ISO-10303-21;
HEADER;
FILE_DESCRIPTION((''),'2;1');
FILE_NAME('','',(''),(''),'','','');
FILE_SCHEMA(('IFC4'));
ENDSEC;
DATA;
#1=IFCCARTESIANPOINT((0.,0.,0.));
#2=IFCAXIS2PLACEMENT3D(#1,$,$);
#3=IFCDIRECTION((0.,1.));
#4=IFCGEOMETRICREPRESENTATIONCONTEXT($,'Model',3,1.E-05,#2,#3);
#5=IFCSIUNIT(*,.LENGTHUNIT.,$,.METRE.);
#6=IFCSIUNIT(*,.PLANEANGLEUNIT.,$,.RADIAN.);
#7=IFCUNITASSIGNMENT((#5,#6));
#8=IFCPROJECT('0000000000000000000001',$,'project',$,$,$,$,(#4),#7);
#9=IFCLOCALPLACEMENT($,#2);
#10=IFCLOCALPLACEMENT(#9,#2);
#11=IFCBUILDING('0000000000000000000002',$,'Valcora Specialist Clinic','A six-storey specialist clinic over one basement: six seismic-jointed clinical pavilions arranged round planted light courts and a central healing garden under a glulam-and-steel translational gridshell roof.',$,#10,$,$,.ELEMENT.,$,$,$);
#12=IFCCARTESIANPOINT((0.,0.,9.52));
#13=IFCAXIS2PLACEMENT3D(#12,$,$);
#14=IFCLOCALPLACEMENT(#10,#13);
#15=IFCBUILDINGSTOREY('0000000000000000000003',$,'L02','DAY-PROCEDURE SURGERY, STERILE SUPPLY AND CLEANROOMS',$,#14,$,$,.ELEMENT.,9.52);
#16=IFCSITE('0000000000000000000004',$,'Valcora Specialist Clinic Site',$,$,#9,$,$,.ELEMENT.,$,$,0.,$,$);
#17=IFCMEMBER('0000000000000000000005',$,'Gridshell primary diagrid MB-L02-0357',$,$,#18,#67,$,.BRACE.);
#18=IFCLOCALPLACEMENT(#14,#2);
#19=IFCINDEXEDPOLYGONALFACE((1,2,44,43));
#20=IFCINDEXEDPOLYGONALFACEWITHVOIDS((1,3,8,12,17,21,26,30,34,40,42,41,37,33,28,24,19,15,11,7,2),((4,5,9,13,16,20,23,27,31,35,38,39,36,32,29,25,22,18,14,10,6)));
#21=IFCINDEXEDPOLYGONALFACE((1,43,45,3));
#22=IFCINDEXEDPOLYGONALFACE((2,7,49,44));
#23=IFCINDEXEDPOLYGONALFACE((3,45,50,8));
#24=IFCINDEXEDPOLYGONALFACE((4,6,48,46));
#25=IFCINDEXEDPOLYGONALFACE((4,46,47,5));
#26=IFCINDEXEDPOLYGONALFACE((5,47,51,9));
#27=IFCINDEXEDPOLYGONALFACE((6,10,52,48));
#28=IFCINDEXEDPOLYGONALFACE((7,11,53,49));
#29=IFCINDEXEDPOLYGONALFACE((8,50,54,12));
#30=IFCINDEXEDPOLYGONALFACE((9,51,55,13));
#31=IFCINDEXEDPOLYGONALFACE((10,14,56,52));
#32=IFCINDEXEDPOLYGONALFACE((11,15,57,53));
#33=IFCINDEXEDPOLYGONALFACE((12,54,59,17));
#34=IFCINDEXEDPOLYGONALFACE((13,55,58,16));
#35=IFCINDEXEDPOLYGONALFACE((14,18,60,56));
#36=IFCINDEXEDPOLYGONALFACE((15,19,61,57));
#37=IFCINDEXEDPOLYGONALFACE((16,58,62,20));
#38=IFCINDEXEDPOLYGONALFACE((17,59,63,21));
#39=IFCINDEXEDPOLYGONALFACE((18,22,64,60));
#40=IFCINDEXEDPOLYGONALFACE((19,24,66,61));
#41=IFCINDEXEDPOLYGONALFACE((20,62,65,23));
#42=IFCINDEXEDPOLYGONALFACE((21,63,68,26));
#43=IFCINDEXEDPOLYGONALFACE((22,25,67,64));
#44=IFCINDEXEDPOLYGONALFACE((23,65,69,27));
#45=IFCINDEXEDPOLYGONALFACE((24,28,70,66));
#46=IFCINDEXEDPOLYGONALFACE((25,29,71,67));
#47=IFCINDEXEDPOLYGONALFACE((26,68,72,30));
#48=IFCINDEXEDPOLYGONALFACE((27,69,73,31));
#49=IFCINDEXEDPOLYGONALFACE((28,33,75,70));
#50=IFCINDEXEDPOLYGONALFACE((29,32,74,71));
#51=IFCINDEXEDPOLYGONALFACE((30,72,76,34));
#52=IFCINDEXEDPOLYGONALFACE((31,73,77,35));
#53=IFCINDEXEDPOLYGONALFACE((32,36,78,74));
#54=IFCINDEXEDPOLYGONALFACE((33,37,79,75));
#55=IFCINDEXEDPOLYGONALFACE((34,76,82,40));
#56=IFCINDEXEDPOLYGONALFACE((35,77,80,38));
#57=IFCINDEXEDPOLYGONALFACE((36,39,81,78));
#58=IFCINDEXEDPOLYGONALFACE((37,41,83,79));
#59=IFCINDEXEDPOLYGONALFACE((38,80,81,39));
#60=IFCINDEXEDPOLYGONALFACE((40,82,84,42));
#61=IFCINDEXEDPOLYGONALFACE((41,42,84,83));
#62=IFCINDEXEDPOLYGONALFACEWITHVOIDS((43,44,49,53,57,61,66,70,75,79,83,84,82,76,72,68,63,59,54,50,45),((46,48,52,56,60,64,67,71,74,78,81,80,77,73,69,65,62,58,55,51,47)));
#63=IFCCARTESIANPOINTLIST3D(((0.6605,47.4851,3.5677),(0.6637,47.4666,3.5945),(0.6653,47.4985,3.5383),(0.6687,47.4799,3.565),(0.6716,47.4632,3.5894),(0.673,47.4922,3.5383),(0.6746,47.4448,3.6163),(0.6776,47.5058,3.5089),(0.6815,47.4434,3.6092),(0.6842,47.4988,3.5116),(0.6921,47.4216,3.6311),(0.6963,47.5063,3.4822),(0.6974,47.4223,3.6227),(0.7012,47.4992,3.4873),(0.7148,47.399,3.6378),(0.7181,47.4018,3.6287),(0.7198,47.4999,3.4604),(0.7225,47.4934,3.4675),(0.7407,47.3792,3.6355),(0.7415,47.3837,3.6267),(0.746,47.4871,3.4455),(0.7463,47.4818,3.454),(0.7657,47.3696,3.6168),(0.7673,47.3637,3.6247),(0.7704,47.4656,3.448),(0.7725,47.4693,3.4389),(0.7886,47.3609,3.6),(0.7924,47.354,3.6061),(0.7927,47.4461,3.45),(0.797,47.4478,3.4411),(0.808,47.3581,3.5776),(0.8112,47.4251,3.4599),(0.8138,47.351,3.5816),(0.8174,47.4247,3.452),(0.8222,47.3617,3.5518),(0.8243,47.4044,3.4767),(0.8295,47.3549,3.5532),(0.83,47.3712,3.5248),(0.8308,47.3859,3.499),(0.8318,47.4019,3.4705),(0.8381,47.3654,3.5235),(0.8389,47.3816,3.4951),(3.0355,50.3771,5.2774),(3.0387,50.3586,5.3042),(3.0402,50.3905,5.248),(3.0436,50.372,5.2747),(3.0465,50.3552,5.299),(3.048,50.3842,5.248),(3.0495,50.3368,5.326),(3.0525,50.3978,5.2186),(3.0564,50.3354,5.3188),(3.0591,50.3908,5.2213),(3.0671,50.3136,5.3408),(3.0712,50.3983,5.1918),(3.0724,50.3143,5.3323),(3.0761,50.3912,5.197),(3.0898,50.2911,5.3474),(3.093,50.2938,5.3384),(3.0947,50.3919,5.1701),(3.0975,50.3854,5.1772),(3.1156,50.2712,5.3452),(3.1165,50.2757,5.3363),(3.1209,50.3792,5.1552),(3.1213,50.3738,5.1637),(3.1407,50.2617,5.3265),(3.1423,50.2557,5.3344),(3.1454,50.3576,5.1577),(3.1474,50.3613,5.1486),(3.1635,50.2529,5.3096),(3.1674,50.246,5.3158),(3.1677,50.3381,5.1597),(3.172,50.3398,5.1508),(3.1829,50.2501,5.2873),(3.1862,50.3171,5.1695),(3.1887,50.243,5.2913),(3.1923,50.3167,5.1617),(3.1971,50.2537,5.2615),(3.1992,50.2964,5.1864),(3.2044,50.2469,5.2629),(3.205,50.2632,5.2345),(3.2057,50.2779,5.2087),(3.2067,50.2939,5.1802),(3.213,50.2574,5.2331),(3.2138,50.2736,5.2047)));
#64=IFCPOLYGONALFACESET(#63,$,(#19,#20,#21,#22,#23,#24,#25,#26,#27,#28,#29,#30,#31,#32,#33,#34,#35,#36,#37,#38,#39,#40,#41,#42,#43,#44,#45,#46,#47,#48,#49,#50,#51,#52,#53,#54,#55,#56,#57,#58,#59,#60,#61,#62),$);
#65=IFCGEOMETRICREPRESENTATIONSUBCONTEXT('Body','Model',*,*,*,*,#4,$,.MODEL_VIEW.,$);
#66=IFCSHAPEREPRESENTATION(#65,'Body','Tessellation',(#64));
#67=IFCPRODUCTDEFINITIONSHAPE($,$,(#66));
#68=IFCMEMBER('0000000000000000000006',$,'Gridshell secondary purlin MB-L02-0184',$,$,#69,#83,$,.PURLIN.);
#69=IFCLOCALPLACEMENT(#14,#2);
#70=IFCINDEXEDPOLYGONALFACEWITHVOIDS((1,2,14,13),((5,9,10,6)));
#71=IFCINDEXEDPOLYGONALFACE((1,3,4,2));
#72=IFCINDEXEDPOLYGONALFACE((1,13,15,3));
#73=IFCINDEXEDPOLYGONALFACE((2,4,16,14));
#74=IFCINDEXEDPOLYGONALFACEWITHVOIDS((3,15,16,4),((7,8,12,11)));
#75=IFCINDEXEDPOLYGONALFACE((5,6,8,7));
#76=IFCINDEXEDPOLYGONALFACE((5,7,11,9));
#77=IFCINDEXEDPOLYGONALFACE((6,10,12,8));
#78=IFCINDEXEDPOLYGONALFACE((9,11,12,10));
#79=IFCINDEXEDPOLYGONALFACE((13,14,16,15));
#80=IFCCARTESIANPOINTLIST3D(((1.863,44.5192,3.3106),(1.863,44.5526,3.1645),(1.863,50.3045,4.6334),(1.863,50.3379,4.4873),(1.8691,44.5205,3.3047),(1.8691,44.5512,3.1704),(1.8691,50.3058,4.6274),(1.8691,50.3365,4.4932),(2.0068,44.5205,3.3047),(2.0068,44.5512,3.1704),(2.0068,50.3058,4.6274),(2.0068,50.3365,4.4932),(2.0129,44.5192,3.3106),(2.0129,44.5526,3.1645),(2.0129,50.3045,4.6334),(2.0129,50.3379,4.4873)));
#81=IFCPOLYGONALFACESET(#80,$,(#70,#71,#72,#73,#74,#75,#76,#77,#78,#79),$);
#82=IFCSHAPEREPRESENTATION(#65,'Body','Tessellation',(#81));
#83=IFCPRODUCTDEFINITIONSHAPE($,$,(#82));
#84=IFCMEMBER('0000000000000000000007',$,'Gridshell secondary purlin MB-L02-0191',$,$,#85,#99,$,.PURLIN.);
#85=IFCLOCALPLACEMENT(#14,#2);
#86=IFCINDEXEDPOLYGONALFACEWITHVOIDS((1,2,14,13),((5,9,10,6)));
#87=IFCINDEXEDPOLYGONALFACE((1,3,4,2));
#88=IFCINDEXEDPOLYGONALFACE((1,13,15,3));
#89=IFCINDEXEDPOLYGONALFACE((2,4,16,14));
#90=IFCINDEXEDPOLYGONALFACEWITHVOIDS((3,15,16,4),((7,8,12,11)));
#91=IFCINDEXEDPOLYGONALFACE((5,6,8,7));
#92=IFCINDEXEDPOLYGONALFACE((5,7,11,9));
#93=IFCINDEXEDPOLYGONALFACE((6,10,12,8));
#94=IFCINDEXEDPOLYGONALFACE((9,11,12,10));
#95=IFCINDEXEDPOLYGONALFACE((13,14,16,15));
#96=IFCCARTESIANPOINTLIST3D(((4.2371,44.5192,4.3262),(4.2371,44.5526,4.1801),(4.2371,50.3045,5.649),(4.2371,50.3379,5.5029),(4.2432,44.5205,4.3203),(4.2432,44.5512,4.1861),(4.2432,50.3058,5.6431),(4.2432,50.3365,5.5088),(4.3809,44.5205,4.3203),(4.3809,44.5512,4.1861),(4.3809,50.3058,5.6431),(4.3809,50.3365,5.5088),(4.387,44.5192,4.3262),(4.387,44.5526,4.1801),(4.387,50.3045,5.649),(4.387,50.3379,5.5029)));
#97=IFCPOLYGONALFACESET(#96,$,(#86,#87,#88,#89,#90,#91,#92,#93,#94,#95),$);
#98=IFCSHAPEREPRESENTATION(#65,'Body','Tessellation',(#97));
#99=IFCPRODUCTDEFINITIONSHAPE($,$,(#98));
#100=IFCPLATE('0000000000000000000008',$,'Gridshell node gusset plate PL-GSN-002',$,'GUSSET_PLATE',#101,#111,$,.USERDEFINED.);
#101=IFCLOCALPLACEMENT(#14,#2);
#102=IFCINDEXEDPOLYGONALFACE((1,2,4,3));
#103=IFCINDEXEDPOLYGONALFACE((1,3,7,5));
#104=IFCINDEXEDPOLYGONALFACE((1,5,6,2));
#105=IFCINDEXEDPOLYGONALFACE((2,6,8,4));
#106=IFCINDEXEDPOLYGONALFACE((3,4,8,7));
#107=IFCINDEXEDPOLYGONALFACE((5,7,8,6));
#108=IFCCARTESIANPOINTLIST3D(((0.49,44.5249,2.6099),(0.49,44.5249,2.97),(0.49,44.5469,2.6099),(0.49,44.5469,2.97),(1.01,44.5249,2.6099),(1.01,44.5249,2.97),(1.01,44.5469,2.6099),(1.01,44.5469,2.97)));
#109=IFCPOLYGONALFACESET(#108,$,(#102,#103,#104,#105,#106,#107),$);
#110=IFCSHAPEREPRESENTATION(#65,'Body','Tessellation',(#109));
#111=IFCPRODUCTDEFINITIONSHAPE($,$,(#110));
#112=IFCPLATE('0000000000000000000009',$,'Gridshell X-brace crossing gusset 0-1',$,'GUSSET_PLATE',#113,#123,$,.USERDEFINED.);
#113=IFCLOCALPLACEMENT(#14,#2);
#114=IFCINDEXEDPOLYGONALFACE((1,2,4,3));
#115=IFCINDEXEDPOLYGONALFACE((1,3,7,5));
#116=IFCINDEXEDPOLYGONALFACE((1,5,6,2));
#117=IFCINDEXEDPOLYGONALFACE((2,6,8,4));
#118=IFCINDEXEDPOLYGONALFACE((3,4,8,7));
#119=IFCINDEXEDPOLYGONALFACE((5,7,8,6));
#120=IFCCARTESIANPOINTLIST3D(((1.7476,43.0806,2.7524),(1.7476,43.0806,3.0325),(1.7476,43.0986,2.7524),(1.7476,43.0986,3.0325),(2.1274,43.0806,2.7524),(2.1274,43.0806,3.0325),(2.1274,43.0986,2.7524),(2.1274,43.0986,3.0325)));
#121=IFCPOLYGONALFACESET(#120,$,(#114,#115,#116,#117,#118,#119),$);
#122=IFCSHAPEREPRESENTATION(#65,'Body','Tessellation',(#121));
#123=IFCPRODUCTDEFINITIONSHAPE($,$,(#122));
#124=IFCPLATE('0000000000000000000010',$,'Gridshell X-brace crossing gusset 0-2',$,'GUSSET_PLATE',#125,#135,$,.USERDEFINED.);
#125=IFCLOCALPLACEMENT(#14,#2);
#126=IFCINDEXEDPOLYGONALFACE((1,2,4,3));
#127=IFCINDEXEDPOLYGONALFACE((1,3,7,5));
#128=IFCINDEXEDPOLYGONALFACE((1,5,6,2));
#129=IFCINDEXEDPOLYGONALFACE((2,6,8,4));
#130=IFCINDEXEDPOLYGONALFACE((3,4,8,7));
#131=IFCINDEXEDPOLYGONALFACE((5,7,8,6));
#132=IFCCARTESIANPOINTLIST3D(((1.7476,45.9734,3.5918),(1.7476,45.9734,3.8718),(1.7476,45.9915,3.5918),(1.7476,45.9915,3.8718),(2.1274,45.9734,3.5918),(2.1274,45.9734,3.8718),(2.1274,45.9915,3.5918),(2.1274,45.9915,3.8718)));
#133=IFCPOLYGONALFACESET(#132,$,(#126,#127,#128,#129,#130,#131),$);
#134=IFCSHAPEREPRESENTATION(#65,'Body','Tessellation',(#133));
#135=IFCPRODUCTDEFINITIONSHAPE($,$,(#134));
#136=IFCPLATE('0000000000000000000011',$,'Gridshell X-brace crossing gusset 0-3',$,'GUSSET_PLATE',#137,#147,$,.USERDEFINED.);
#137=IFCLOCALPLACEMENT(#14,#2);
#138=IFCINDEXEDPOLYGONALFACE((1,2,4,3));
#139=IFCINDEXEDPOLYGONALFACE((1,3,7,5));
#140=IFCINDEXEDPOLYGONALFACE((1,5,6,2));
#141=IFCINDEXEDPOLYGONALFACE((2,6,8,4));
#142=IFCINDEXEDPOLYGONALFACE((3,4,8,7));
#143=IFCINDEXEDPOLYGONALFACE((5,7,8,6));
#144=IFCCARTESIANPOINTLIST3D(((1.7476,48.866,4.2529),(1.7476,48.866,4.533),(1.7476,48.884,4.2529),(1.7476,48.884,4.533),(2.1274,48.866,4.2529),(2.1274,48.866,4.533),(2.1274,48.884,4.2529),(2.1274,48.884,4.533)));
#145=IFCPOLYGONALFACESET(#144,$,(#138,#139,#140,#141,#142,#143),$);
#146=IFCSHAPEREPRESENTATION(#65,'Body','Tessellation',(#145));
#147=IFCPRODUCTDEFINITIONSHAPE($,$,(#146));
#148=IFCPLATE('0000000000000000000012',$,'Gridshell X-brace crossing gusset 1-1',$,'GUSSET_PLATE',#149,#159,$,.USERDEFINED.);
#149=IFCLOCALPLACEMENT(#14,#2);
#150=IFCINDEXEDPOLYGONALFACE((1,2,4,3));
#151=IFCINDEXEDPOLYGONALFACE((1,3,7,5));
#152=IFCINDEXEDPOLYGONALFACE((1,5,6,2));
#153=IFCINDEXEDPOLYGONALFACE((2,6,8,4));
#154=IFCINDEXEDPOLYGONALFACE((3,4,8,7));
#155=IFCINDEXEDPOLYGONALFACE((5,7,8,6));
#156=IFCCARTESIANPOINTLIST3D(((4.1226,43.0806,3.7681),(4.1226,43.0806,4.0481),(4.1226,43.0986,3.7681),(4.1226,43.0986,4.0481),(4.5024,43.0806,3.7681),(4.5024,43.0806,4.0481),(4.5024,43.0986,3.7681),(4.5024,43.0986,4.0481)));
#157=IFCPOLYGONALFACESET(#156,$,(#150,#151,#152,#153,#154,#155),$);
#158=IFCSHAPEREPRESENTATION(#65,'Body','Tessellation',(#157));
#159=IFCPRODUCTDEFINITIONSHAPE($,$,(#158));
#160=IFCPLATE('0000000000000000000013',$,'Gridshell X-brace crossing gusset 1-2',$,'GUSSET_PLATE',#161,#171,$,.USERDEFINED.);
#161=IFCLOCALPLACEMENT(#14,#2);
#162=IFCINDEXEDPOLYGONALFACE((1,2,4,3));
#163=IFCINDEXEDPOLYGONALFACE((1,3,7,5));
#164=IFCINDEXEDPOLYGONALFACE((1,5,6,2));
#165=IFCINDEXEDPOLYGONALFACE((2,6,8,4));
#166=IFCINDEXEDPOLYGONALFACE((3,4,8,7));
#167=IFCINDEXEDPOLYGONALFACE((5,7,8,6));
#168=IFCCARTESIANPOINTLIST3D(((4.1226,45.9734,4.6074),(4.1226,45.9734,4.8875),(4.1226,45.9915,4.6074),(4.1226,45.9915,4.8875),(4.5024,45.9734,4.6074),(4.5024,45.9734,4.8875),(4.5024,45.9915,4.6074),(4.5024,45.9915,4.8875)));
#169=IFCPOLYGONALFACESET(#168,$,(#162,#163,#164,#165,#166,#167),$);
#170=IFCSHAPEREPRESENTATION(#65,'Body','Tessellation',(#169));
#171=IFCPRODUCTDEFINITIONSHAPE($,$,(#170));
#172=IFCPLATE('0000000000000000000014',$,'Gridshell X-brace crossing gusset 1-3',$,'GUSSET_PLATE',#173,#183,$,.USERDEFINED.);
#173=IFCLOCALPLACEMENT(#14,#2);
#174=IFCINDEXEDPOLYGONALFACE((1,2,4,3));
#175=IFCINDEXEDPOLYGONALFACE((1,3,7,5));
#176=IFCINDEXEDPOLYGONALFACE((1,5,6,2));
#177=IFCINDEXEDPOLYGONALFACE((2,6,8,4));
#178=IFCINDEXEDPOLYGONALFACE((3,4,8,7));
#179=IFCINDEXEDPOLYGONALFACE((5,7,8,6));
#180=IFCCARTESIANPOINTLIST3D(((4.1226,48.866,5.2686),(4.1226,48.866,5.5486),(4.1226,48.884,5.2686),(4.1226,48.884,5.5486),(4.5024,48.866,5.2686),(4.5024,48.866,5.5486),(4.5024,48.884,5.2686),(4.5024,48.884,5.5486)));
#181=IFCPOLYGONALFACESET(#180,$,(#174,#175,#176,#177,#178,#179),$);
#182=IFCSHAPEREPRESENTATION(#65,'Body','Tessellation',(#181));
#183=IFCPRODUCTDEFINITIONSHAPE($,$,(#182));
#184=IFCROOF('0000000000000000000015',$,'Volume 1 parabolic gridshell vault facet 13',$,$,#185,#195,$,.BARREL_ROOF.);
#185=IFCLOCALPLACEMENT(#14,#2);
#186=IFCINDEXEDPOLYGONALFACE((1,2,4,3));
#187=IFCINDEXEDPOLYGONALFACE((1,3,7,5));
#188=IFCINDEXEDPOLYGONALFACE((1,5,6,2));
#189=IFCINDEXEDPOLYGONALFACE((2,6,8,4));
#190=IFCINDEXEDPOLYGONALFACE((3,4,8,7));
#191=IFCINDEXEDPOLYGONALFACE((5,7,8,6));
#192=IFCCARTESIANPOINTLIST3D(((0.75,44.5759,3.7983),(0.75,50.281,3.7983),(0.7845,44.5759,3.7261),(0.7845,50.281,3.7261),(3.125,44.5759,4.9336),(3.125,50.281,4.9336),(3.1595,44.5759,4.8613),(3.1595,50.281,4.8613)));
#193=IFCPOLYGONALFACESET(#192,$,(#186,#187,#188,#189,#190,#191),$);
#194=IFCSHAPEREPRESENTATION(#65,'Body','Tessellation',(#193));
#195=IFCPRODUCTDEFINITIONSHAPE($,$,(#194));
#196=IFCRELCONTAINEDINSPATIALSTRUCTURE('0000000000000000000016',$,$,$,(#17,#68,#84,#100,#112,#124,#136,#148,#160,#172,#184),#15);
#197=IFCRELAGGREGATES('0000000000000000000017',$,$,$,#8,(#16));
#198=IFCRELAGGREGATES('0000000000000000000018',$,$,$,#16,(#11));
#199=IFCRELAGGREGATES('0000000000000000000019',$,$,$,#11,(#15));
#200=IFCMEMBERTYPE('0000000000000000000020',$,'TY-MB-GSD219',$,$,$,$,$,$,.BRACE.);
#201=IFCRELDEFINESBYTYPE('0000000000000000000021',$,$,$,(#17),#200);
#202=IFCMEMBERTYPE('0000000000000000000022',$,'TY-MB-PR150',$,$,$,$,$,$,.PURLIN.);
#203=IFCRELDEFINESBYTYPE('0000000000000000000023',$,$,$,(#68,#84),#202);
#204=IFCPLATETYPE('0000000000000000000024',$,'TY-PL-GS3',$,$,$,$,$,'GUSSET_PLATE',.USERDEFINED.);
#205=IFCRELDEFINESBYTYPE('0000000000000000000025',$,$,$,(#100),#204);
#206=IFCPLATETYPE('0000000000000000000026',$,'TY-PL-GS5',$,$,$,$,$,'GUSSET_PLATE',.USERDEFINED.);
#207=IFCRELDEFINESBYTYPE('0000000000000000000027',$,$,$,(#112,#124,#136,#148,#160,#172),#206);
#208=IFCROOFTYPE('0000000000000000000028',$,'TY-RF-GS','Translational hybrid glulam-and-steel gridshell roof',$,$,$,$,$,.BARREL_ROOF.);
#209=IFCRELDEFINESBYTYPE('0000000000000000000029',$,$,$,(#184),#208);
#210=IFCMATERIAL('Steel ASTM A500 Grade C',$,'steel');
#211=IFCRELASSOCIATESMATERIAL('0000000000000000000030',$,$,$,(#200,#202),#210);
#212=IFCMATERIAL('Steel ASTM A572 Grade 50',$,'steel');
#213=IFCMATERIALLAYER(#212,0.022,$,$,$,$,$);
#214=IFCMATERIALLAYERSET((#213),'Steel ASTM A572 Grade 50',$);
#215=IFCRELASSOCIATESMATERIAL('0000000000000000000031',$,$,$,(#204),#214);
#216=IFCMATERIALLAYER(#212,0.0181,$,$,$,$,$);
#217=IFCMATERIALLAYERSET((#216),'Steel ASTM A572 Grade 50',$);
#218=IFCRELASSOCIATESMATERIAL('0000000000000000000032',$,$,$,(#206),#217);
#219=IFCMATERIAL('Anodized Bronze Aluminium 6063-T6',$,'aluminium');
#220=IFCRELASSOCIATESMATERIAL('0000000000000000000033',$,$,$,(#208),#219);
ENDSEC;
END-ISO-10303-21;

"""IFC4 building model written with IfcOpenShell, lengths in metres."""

from ifc_helpers import new_model, si_unit, direction, frame, origin, origin_2d, place, context, subcontext, project, spatial, polyline, rectangle, hollow_rectangle, hollow_circle, outline, extrude, material, layer, layer_set, material_profile, profile_set, type_object, element, save


model = new_model("IFC4")

# Units and contexts
model_context = context("Model", 3, precision=1e-05, world=origin(), true_north=direction((0.0, 1.0)))
body_context = subcontext(model_context, "Body", "Model", "MODEL_VIEW")
ifc_project = project(units=[si_unit("LENGTHUNIT", "METRE"), si_unit("PLANEANGLEUNIT", "RADIAN")], contexts=[model_context])

# Site, building, storey
site_placement = place(None, origin())
site = spatial("IfcSite", under=ifc_project, at=site_placement, Name="Valcora Specialist Clinic Site", CompositionType="ELEMENT", RefElevation=0.0)
building_placement = place(site_placement, origin())
building = spatial("IfcBuilding", under=site, at=building_placement, Name="Valcora Specialist Clinic", Description="A six-storey specialist clinic over one basement: six seismic-jointed clinical pavilions arranged round planted light courts and a central healing garden under a glulam-and-steel translational gridshell roof.", CompositionType="ELEMENT")
storey_placement = place(building_placement, frame((0.0, 0.0, 9.52)))
storey = spatial("IfcBuildingStorey", under=building, at=storey_placement, Name="L02", Description="DAY-PROCEDURE SURGERY, STERILE SUPPLY AND CLEANROOMS", CompositionType="ELEMENT", Elevation=9.52)

# Members
ifc_material_1 = material(Name="Steel ASTM A500 Grade C", Category="steel")
ifc_material_profile_1 = material_profile(ifc_material_1, hollow_circle(Radius=0.1096, WallThickness=0.01, at=origin_2d()), Name="ST-CHS-219X10")
ifc_profile_set_1 = profile_set([ifc_material_profile_1], Name="Steel ASTM A500 Grade C")
member_type_1 = type_object("IfcMemberType", Name="TY-MB-GSD219", PredefinedType="BRACE", material=ifc_profile_set_1)
member_1_placement = place(storey_placement, frame((0.75, 47.429, 3.5383), z_axis=(0.577247, 0.702926, 0.415549), x_axis=(-0.772811, 0.634636, 0.0)))
element("IfcMember", 1, at=member_1_placement, inside=storey, type_object=member_type_1, Name="Gridshell primary diagrid MB-L02-0357", PredefinedType="BRACE", context=body_context, shape_type="SweptSolid", body=[
    extrude(hollow_circle(Radius=0.1096, WallThickness=0.01, at=origin_2d()), origin(), (0.0, 0.0, 1.0), 4.1143),
])
ifc_material_profile_2 = material_profile(ifc_material_1, hollow_rectangle(XDim=0.1499, YDim=0.1499, WallThickness=0.0061, at=origin_2d()), Name="ST-RHS-150X150X6")
ifc_profile_set_2 = profile_set([ifc_material_profile_2], Name="Steel ASTM A500 Grade C")
member_type_2 = type_object("IfcMemberType", Name="TY-MB-PR150", PredefinedType="PURLIN", material=ifc_profile_set_2)
for number, where, z_axis, x_axis, name in (
    (2, (1.938, 44.5359, 3.2375), (0.0, 0.974843, 0.222894), (-1.0, 0.0, 0.0), "Gridshell secondary purlin MB-L02-0184"),
    (3, (4.312, 44.5359, 4.2532), (0.0, 0.974843, 0.222894), (-1.0, 0.0, 0.0), "Gridshell secondary purlin MB-L02-0191"),
):
    element("IfcMember", number, at=place(storey_placement, frame(where, z_axis=z_axis, x_axis=x_axis)), inside=storey, type_object=member_type_2, Name=name, PredefinedType="PURLIN", context=body_context, shape_type="SweptSolid", body=[
        extrude(hollow_rectangle(XDim=0.1499, YDim=0.1499, WallThickness=0.0061, at=origin_2d()), origin(), (0.0, 0.0, 1.0), 5.9346),
    ])

# Plates
ifc_material_2 = material(Name="Steel ASTM A572 Grade 50", Category="steel")
ifc_layer_1 = layer(ifc_material_2, 0.022)
ifc_layer_set_1 = layer_set([ifc_layer_1], Name="Steel ASTM A572 Grade 50")
plate_type_1 = type_object("IfcPlateType", Name="TY-PL-GS3", ElementType="GUSSET_PLATE", PredefinedType="USERDEFINED", material=ifc_layer_set_1)
plate_placement = place(storey_placement, frame((0.75, 44.5359, 2.6099), z_axis=(0.0, 0.0, 1.0), x_axis=(1.0, 0.0, 0.0)))
element("IfcPlate", 4, at=plate_placement, inside=storey, type_object=plate_type_1, Name="Gridshell node gusset plate PL-GSN-002", ObjectType="GUSSET_PLATE", PredefinedType="USERDEFINED", context=body_context, shape_type="SweptSolid", body=[
    extrude(rectangle(XDim=0.52, YDim=0.022, at=origin_2d()), origin(), (0.0, 0.0, 1.0), 0.3601),
])
ifc_layer_2 = layer(ifc_material_2, 0.0181)
ifc_layer_set_2 = layer_set([ifc_layer_2], Name="Steel ASTM A572 Grade 50")
plate_type_2 = type_object("IfcPlateType", Name="TY-PL-GS5", ElementType="GUSSET_PLATE", PredefinedType="USERDEFINED", material=ifc_layer_set_2)
for number, where, z_axis, x_axis, name in (
    (5, (1.9375, 43.0896, 2.7524), (0.0, 0.0, 1.0), (1.0, 0.0, 0.0), "Gridshell X-brace crossing gusset 0-1"),
    (6, (1.9375, 45.9824, 3.5918), (0.0, 0.0, 1.0), (1.0, 0.0, 0.0), "Gridshell X-brace crossing gusset 0-2"),
    (7, (1.9375, 48.875, 4.2529), (0.0, 0.0, 1.0), (1.0, 0.0, 0.0), "Gridshell X-brace crossing gusset 0-3"),
    (8, (4.3125, 43.0896, 3.7681), (0.0, 0.0, 1.0), (1.0, 0.0, 0.0), "Gridshell X-brace crossing gusset 1-1"),
    (9, (4.3125, 45.9824, 4.6074), (0.0, 0.0, 1.0), (1.0, 0.0, 0.0), "Gridshell X-brace crossing gusset 1-2"),
    (10, (4.3125, 48.875, 5.2686), (0.0, 0.0, 1.0), (1.0, 0.0, 0.0), "Gridshell X-brace crossing gusset 1-3"),
):
    element("IfcPlate", number, at=place(storey_placement, frame(where, z_axis=z_axis, x_axis=x_axis)), inside=storey, type_object=plate_type_2, Name=name, ObjectType="GUSSET_PLATE", PredefinedType="USERDEFINED", context=body_context, shape_type="SweptSolid", body=[
        extrude(rectangle(XDim=0.3799, YDim=0.0181, at=origin_2d()), origin(), (0.0, 0.0, 1.0), 0.28),
    ])

# Roof
ifc_material_3 = material(Name="Anodized Bronze Aluminium 6063-T6", Category="aluminium")
roof_type = type_object("IfcRoofType", Name="TY-RF-GS", Description="Translational hybrid glulam-and-steel gridshell roof", PredefinedType="BARREL_ROOF", material=ifc_material_3)
roof_placement = place(storey_placement, frame((0.75, 44.5759, 3.7983), z_axis=(-0.431265, 0.0, 0.902225), x_axis=(0.902225, 0.0, 0.431265)))
element("IfcRoof", 11, at=roof_placement, inside=storey, type_object=roof_type, Name="Volume 1 parabolic gridshell vault facet 13", PredefinedType="BARREL_ROOF", context=body_context, shape_type="SweptSolid", body=[
    extrude(outline(polyline([(0.0, 0.0), (2.6324, 0.0), (2.6324, 5.7051), (0.0, 5.7051), (0.0, 0.0)])), origin(), (0.0, 0.0, -1.0), 0.0801),
])

save(model, "model.ifc")
